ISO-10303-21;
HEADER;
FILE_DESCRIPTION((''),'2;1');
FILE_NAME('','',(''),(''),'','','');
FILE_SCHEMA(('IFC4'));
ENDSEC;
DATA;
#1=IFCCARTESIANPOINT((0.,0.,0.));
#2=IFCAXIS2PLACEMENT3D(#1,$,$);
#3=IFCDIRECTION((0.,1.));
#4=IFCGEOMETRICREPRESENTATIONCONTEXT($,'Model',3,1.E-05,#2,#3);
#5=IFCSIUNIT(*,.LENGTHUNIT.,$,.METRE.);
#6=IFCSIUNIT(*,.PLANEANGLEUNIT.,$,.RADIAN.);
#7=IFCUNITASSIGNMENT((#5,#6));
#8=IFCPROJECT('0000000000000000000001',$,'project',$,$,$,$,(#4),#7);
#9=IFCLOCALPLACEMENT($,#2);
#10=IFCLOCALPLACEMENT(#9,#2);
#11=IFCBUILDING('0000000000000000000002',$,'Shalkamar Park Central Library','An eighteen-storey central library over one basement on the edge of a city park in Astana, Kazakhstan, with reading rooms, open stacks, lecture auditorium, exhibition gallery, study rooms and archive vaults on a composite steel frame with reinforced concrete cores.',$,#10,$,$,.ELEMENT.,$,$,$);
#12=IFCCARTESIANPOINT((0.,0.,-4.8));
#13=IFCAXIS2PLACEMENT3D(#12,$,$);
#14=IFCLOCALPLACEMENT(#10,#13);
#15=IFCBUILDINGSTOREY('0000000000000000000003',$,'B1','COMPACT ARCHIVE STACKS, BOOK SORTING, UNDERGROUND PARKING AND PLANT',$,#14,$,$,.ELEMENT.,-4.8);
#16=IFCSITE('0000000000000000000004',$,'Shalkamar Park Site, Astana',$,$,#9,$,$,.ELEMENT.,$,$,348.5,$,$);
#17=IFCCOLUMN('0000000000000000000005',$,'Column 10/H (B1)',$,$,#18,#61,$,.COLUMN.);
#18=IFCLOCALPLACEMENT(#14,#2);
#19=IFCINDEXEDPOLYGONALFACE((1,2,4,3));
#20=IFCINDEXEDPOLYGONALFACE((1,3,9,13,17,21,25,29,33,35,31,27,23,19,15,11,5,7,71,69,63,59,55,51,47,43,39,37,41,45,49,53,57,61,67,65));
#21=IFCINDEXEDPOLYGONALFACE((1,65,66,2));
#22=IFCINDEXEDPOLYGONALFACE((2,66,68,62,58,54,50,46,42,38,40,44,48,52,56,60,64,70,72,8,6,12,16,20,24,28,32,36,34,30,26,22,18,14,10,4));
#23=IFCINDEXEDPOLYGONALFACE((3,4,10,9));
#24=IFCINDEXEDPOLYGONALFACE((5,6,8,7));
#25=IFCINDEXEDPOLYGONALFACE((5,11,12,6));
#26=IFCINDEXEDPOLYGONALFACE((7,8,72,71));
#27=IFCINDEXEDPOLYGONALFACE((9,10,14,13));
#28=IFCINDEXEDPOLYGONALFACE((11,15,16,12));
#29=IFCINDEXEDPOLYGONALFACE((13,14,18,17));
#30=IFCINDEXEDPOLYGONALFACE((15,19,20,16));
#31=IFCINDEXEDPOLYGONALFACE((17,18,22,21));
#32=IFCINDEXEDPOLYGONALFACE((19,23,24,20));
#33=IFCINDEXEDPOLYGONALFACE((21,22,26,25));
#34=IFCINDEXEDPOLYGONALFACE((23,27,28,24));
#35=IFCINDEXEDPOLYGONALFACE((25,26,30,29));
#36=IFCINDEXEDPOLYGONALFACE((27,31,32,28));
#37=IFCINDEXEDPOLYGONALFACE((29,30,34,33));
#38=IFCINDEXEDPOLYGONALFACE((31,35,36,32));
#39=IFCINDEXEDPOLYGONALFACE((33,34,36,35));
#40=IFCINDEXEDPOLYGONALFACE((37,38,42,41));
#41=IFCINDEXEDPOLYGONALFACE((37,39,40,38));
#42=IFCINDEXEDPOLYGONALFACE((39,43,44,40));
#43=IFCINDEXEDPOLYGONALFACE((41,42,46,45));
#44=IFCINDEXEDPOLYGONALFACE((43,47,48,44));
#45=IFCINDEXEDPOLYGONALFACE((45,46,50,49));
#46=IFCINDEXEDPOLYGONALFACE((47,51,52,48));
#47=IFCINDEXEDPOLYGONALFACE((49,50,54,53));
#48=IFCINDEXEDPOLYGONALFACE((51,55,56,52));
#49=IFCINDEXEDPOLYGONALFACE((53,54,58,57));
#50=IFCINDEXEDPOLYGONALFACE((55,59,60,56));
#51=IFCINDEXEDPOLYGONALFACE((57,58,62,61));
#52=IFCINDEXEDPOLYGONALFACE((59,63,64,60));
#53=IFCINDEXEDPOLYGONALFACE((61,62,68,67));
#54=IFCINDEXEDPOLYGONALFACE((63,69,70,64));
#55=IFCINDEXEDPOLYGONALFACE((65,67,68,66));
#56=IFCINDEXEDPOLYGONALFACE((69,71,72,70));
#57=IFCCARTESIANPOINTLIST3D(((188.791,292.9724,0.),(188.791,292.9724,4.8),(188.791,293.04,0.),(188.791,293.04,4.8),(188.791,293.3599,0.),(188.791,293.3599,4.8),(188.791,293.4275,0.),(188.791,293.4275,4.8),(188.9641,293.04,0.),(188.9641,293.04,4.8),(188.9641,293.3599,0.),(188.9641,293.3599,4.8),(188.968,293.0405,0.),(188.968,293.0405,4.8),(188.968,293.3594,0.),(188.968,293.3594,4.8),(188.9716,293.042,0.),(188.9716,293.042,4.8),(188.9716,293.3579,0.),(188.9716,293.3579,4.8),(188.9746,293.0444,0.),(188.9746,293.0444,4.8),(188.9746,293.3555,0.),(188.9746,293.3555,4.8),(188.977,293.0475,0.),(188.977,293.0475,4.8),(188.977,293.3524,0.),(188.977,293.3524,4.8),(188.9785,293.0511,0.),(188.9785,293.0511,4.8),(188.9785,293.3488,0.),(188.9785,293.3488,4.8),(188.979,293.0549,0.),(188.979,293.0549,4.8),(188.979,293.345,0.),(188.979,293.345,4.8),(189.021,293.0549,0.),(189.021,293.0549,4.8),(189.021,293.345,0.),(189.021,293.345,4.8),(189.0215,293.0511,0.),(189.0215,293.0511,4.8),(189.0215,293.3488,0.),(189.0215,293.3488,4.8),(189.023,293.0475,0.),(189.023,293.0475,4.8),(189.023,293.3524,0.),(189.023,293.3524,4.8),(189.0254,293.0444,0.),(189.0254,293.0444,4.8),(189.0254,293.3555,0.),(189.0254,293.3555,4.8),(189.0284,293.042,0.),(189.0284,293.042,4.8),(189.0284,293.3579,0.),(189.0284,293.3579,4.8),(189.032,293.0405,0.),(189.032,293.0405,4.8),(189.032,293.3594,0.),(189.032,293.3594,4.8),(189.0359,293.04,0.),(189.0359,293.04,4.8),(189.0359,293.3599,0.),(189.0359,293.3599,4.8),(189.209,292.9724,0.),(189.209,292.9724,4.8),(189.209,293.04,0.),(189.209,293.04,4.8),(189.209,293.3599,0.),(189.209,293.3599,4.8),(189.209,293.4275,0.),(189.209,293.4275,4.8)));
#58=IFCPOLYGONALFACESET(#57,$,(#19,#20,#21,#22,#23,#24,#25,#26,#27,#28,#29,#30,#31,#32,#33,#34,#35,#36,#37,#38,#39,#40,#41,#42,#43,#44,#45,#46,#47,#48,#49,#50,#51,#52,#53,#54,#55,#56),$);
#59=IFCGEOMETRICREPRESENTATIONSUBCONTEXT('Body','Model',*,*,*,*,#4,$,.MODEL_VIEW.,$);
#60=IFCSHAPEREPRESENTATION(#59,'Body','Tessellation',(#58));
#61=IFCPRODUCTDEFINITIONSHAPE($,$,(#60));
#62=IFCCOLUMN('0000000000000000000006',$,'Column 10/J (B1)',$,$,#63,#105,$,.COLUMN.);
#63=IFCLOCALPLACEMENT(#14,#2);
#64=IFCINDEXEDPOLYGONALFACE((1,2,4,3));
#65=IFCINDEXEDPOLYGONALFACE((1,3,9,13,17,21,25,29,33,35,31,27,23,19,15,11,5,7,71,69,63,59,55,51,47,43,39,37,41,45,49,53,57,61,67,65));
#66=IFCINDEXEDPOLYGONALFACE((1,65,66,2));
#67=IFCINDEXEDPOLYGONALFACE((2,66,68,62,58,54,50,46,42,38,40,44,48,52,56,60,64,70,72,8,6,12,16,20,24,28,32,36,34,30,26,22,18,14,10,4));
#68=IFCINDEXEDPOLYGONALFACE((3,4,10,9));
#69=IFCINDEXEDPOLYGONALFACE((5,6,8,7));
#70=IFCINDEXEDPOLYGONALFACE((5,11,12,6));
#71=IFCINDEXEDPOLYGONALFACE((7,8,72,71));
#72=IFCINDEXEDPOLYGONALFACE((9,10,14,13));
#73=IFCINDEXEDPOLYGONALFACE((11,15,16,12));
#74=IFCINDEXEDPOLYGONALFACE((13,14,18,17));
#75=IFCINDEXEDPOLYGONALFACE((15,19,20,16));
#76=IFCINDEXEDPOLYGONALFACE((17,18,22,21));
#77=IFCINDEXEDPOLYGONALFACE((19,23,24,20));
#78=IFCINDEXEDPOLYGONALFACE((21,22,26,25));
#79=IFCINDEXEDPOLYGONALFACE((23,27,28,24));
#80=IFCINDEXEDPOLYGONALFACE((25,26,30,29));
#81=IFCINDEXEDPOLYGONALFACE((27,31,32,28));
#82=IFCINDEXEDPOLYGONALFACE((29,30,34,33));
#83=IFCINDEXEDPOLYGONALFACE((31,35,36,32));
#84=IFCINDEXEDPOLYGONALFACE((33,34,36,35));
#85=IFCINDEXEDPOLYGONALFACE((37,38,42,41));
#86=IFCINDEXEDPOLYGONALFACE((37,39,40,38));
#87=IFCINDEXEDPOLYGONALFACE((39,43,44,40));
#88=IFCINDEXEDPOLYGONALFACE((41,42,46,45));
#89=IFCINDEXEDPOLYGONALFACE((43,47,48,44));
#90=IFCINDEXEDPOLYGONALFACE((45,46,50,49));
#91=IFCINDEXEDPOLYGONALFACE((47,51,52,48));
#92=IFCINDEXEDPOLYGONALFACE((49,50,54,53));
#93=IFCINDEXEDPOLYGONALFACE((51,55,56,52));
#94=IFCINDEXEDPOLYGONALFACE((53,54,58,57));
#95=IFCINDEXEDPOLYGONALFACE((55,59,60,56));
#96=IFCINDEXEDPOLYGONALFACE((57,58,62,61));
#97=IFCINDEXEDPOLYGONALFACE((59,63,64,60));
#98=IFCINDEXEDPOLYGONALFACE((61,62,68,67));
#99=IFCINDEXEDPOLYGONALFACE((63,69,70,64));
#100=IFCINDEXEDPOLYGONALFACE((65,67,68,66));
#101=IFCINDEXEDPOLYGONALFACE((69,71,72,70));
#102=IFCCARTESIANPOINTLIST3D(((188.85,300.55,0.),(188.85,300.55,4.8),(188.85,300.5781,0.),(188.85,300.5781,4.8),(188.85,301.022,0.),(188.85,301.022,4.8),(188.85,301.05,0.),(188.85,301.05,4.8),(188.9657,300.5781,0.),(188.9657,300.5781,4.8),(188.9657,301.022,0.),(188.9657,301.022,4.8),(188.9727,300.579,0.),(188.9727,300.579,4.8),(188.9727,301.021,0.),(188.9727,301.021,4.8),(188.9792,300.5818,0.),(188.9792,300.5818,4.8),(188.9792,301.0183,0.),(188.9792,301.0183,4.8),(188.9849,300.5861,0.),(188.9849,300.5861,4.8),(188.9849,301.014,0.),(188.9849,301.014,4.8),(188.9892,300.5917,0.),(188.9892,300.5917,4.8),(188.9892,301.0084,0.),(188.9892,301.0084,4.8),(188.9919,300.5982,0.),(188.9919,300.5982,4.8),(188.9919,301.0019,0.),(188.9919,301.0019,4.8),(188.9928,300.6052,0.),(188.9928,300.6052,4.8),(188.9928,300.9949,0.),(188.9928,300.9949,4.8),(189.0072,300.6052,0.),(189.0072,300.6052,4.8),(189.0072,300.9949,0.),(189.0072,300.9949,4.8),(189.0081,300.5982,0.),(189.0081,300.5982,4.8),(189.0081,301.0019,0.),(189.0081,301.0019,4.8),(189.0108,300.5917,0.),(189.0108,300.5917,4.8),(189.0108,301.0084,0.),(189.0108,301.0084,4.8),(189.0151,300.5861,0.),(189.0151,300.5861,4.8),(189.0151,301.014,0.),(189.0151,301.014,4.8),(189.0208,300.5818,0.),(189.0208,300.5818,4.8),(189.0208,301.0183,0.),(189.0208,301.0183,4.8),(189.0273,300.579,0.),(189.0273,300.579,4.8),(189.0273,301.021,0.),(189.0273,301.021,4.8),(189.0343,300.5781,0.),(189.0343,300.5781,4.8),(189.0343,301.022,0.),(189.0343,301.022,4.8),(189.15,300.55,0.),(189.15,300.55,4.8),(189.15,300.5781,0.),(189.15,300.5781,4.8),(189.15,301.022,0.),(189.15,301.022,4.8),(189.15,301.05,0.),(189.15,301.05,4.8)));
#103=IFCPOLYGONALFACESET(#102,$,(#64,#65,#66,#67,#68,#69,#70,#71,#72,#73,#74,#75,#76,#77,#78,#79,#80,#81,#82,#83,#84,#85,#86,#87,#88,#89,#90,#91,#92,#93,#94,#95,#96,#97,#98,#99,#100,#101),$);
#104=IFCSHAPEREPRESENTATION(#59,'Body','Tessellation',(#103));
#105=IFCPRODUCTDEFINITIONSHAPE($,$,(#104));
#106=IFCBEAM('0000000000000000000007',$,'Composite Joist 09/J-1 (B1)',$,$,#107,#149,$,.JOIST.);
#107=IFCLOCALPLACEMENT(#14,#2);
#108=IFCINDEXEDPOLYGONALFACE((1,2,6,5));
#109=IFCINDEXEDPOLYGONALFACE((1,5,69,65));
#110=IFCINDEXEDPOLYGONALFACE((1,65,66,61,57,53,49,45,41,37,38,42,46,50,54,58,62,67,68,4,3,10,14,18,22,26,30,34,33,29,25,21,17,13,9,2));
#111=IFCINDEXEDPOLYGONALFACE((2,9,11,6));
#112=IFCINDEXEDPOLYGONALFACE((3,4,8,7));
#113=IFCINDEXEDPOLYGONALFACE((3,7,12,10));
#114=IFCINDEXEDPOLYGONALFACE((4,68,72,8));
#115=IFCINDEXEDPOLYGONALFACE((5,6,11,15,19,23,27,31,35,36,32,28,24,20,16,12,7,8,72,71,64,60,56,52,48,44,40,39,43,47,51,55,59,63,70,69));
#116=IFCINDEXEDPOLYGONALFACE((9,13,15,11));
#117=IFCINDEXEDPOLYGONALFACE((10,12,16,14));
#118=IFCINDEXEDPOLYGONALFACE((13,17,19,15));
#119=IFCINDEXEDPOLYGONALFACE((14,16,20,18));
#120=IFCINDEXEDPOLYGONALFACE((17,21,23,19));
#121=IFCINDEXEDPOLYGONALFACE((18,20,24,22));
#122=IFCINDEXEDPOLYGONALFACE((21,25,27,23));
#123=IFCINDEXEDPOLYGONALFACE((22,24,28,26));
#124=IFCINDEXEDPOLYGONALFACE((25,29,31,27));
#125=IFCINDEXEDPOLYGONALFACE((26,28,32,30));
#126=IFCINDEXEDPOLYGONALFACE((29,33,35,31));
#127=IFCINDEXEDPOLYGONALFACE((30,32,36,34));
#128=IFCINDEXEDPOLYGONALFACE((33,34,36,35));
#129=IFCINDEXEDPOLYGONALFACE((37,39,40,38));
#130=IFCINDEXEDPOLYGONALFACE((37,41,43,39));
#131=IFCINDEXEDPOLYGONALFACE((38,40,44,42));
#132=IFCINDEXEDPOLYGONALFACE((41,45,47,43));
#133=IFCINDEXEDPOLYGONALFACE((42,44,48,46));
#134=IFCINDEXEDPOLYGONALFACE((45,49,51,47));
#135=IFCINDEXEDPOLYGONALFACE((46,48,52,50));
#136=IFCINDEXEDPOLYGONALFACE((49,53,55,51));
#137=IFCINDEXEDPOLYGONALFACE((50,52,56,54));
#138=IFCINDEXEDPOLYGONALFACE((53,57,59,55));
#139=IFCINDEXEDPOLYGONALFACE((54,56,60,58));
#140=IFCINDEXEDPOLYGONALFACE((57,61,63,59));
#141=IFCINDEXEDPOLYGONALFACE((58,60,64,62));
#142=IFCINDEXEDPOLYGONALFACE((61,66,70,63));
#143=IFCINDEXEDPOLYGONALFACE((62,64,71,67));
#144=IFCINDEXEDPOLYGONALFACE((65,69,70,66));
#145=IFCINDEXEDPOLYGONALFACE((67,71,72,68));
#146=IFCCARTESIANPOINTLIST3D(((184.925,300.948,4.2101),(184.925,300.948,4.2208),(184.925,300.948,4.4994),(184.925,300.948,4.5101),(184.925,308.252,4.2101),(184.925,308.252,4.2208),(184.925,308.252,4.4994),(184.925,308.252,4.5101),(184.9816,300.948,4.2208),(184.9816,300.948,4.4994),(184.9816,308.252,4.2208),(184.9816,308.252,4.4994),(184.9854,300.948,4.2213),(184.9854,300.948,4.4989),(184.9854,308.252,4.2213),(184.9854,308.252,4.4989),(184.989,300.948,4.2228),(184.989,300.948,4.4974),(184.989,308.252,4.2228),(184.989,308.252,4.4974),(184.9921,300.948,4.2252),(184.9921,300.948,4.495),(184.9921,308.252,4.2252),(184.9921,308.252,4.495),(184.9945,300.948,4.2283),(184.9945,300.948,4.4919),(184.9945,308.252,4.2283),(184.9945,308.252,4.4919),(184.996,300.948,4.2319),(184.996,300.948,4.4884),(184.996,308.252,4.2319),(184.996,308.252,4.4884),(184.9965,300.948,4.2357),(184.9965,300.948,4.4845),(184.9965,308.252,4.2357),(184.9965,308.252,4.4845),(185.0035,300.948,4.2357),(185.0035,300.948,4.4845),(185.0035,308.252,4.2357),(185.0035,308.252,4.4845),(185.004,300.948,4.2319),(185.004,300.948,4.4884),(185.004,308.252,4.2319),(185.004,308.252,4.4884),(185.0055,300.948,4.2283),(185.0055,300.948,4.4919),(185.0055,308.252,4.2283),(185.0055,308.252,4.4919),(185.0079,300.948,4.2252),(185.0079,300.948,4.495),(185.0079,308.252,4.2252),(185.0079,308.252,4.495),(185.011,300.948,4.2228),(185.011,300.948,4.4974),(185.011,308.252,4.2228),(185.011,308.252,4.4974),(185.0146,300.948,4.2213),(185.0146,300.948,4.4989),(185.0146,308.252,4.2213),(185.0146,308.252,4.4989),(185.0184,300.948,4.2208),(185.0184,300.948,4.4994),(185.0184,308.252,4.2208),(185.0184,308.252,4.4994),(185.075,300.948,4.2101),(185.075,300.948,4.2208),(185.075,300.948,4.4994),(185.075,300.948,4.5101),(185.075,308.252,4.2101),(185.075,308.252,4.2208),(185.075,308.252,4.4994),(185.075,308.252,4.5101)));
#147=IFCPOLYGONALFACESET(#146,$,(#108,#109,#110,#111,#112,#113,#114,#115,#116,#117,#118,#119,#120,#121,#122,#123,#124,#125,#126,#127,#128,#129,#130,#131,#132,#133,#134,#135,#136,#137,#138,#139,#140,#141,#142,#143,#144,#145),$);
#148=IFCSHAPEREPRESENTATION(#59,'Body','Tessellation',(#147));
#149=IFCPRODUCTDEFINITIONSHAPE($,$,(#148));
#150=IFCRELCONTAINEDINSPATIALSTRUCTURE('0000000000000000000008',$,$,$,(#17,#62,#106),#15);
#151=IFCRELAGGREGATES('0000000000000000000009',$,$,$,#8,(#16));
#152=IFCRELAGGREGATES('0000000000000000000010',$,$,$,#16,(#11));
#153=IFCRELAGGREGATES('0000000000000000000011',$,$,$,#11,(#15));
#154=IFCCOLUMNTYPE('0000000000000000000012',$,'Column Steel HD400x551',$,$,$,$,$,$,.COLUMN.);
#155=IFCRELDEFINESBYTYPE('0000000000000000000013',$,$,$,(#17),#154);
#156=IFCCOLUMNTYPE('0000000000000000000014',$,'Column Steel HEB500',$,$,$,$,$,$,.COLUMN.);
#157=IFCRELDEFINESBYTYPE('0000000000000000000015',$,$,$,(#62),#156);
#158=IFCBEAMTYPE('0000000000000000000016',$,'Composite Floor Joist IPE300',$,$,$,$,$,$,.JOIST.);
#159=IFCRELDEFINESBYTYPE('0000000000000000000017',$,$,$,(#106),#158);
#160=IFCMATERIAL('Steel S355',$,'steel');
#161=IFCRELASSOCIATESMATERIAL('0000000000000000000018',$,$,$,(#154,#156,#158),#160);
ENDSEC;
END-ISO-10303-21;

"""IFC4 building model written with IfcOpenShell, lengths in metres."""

from ifc_helpers import new_model, si_unit, direction, frame, origin, origin_2d, place, context, subcontext, project, spatial, i_section, extrude, material, material_profile, profile_set, type_object, element, save


model = new_model("IFC4")

# Units and contexts
model_context = context("Model", 3, precision=1e-05, world=origin(), true_north=direction((0.0, 1.0)))
body_context = subcontext(model_context, "Body", "Model", "MODEL_VIEW")
ifc_project = project(units=[si_unit("LENGTHUNIT", "METRE"), si_unit("PLANEANGLEUNIT", "RADIAN")], contexts=[model_context])

# Site, building, storey
site_placement = place(None, origin())
site = spatial("IfcSite", under=ifc_project, at=site_placement, Name="Shalkamar Park Site, Astana", CompositionType="ELEMENT", RefElevation=348.5)
building_placement = place(site_placement, origin())
building = spatial("IfcBuilding", under=site, at=building_placement, Name="Shalkamar Park Central Library", Description="An eighteen-storey central library over one basement on the edge of a city park in Astana, Kazakhstan, with reading rooms, open stacks, lecture auditorium, exhibition gallery, study rooms and archive vaults on a composite steel frame with reinforced concrete cores.", CompositionType="ELEMENT")
storey_placement = place(building_placement, frame((0.0, 0.0, -4.8)))
storey = spatial("IfcBuildingStorey", under=building, at=storey_placement, Name="B1", Description="COMPACT ARCHIVE STACKS, BOOK SORTING, UNDERGROUND PARKING AND PLANT", CompositionType="ELEMENT", Elevation=-4.8)

# Columns
ifc_material_1 = material(Name="Steel S355", Category="steel")
ifc_material_profile_1 = material_profile(ifc_material_1, i_section(OverallWidth=0.418, OverallDepth=0.4551, WebThickness=0.042, FlangeThickness=0.0676, FilletRadius=0.0149, at=origin_2d()), Name="HD 400x551")
ifc_profile_set_1 = profile_set([ifc_material_profile_1], Name="Steel S355")
column_type_1 = type_object("IfcColumnType", Name="Column Steel HD400x551", PredefinedType="COLUMN", material=ifc_profile_set_1)
column_1_placement = place(storey_placement, frame((189.0, 293.2, 0.0), z_axis=(0.0, 0.0, 1.0), x_axis=(1.0, 0.0, 0.0)))
element("IfcColumn", 1, at=column_1_placement, inside=storey, type_object=column_type_1, Name="Column 10/H (B1)", PredefinedType="COLUMN", context=body_context, shape_type="SweptSolid", body=[
    extrude(i_section(OverallWidth=0.418, OverallDepth=0.4551, WebThickness=0.042, FlangeThickness=0.0676, FilletRadius=0.0149, at=origin_2d()), origin(), (0.0, 0.0, 1.0), 4.8),
])
ifc_material_profile_2 = material_profile(ifc_material_1, i_section(OverallWidth=0.3, OverallDepth=0.5, WebThickness=0.0144, FlangeThickness=0.0281, FilletRadius=0.0271, at=origin_2d()), Name="HEB 500")
ifc_profile_set_2 = profile_set([ifc_material_profile_2], Name="Steel S355")
column_type_2 = type_object("IfcColumnType", Name="Column Steel HEB500", PredefinedType="COLUMN", material=ifc_profile_set_2)
column_2_placement = place(storey_placement, frame((189.0, 300.8, 0.0), z_axis=(0.0, 0.0, 1.0), x_axis=(1.0, 0.0, 0.0)))
element("IfcColumn", 2, at=column_2_placement, inside=storey, type_object=column_type_2, Name="Column 10/J (B1)", PredefinedType="COLUMN", context=body_context, shape_type="SweptSolid", body=[
    extrude(i_section(OverallWidth=0.3, OverallDepth=0.5, WebThickness=0.0144, FlangeThickness=0.0281, FilletRadius=0.0271, at=origin_2d()), origin(), (0.0, 0.0, 1.0), 4.8),
])

# Beam
ifc_material_profile_3 = material_profile(ifc_material_1, i_section(OverallWidth=0.1499, OverallDepth=0.3, WebThickness=0.0071, FlangeThickness=0.0107, FilletRadius=0.0149, at=origin_2d()), Name="IPE 300")
ifc_profile_set_3 = profile_set([ifc_material_profile_3], Name="Steel S355")
beam_type_1 = type_object("IfcBeamType", Name="Composite Floor Joist IPE300", PredefinedType="JOIST", material=ifc_profile_set_3)
beam_1_placement = place(storey_placement, frame((185.0, 300.948, 4.3601), z_axis=(0.0, 1.0, 0.0), x_axis=(-1.0, 0.0, 0.0)))
element("IfcBeam", 3, at=beam_1_placement, inside=storey, type_object=beam_type_1, Name="Composite Joist 09/J-1 (B1)", PredefinedType="JOIST", context=body_context, shape_type="SweptSolid", body=[
    extrude(i_section(OverallWidth=0.1499, OverallDepth=0.3, WebThickness=0.0071, FlangeThickness=0.0107, FilletRadius=0.0149, at=origin_2d()), origin(), (0.0, 0.0, 1.0), 7.304),
])

save(model, "model.ifc")
